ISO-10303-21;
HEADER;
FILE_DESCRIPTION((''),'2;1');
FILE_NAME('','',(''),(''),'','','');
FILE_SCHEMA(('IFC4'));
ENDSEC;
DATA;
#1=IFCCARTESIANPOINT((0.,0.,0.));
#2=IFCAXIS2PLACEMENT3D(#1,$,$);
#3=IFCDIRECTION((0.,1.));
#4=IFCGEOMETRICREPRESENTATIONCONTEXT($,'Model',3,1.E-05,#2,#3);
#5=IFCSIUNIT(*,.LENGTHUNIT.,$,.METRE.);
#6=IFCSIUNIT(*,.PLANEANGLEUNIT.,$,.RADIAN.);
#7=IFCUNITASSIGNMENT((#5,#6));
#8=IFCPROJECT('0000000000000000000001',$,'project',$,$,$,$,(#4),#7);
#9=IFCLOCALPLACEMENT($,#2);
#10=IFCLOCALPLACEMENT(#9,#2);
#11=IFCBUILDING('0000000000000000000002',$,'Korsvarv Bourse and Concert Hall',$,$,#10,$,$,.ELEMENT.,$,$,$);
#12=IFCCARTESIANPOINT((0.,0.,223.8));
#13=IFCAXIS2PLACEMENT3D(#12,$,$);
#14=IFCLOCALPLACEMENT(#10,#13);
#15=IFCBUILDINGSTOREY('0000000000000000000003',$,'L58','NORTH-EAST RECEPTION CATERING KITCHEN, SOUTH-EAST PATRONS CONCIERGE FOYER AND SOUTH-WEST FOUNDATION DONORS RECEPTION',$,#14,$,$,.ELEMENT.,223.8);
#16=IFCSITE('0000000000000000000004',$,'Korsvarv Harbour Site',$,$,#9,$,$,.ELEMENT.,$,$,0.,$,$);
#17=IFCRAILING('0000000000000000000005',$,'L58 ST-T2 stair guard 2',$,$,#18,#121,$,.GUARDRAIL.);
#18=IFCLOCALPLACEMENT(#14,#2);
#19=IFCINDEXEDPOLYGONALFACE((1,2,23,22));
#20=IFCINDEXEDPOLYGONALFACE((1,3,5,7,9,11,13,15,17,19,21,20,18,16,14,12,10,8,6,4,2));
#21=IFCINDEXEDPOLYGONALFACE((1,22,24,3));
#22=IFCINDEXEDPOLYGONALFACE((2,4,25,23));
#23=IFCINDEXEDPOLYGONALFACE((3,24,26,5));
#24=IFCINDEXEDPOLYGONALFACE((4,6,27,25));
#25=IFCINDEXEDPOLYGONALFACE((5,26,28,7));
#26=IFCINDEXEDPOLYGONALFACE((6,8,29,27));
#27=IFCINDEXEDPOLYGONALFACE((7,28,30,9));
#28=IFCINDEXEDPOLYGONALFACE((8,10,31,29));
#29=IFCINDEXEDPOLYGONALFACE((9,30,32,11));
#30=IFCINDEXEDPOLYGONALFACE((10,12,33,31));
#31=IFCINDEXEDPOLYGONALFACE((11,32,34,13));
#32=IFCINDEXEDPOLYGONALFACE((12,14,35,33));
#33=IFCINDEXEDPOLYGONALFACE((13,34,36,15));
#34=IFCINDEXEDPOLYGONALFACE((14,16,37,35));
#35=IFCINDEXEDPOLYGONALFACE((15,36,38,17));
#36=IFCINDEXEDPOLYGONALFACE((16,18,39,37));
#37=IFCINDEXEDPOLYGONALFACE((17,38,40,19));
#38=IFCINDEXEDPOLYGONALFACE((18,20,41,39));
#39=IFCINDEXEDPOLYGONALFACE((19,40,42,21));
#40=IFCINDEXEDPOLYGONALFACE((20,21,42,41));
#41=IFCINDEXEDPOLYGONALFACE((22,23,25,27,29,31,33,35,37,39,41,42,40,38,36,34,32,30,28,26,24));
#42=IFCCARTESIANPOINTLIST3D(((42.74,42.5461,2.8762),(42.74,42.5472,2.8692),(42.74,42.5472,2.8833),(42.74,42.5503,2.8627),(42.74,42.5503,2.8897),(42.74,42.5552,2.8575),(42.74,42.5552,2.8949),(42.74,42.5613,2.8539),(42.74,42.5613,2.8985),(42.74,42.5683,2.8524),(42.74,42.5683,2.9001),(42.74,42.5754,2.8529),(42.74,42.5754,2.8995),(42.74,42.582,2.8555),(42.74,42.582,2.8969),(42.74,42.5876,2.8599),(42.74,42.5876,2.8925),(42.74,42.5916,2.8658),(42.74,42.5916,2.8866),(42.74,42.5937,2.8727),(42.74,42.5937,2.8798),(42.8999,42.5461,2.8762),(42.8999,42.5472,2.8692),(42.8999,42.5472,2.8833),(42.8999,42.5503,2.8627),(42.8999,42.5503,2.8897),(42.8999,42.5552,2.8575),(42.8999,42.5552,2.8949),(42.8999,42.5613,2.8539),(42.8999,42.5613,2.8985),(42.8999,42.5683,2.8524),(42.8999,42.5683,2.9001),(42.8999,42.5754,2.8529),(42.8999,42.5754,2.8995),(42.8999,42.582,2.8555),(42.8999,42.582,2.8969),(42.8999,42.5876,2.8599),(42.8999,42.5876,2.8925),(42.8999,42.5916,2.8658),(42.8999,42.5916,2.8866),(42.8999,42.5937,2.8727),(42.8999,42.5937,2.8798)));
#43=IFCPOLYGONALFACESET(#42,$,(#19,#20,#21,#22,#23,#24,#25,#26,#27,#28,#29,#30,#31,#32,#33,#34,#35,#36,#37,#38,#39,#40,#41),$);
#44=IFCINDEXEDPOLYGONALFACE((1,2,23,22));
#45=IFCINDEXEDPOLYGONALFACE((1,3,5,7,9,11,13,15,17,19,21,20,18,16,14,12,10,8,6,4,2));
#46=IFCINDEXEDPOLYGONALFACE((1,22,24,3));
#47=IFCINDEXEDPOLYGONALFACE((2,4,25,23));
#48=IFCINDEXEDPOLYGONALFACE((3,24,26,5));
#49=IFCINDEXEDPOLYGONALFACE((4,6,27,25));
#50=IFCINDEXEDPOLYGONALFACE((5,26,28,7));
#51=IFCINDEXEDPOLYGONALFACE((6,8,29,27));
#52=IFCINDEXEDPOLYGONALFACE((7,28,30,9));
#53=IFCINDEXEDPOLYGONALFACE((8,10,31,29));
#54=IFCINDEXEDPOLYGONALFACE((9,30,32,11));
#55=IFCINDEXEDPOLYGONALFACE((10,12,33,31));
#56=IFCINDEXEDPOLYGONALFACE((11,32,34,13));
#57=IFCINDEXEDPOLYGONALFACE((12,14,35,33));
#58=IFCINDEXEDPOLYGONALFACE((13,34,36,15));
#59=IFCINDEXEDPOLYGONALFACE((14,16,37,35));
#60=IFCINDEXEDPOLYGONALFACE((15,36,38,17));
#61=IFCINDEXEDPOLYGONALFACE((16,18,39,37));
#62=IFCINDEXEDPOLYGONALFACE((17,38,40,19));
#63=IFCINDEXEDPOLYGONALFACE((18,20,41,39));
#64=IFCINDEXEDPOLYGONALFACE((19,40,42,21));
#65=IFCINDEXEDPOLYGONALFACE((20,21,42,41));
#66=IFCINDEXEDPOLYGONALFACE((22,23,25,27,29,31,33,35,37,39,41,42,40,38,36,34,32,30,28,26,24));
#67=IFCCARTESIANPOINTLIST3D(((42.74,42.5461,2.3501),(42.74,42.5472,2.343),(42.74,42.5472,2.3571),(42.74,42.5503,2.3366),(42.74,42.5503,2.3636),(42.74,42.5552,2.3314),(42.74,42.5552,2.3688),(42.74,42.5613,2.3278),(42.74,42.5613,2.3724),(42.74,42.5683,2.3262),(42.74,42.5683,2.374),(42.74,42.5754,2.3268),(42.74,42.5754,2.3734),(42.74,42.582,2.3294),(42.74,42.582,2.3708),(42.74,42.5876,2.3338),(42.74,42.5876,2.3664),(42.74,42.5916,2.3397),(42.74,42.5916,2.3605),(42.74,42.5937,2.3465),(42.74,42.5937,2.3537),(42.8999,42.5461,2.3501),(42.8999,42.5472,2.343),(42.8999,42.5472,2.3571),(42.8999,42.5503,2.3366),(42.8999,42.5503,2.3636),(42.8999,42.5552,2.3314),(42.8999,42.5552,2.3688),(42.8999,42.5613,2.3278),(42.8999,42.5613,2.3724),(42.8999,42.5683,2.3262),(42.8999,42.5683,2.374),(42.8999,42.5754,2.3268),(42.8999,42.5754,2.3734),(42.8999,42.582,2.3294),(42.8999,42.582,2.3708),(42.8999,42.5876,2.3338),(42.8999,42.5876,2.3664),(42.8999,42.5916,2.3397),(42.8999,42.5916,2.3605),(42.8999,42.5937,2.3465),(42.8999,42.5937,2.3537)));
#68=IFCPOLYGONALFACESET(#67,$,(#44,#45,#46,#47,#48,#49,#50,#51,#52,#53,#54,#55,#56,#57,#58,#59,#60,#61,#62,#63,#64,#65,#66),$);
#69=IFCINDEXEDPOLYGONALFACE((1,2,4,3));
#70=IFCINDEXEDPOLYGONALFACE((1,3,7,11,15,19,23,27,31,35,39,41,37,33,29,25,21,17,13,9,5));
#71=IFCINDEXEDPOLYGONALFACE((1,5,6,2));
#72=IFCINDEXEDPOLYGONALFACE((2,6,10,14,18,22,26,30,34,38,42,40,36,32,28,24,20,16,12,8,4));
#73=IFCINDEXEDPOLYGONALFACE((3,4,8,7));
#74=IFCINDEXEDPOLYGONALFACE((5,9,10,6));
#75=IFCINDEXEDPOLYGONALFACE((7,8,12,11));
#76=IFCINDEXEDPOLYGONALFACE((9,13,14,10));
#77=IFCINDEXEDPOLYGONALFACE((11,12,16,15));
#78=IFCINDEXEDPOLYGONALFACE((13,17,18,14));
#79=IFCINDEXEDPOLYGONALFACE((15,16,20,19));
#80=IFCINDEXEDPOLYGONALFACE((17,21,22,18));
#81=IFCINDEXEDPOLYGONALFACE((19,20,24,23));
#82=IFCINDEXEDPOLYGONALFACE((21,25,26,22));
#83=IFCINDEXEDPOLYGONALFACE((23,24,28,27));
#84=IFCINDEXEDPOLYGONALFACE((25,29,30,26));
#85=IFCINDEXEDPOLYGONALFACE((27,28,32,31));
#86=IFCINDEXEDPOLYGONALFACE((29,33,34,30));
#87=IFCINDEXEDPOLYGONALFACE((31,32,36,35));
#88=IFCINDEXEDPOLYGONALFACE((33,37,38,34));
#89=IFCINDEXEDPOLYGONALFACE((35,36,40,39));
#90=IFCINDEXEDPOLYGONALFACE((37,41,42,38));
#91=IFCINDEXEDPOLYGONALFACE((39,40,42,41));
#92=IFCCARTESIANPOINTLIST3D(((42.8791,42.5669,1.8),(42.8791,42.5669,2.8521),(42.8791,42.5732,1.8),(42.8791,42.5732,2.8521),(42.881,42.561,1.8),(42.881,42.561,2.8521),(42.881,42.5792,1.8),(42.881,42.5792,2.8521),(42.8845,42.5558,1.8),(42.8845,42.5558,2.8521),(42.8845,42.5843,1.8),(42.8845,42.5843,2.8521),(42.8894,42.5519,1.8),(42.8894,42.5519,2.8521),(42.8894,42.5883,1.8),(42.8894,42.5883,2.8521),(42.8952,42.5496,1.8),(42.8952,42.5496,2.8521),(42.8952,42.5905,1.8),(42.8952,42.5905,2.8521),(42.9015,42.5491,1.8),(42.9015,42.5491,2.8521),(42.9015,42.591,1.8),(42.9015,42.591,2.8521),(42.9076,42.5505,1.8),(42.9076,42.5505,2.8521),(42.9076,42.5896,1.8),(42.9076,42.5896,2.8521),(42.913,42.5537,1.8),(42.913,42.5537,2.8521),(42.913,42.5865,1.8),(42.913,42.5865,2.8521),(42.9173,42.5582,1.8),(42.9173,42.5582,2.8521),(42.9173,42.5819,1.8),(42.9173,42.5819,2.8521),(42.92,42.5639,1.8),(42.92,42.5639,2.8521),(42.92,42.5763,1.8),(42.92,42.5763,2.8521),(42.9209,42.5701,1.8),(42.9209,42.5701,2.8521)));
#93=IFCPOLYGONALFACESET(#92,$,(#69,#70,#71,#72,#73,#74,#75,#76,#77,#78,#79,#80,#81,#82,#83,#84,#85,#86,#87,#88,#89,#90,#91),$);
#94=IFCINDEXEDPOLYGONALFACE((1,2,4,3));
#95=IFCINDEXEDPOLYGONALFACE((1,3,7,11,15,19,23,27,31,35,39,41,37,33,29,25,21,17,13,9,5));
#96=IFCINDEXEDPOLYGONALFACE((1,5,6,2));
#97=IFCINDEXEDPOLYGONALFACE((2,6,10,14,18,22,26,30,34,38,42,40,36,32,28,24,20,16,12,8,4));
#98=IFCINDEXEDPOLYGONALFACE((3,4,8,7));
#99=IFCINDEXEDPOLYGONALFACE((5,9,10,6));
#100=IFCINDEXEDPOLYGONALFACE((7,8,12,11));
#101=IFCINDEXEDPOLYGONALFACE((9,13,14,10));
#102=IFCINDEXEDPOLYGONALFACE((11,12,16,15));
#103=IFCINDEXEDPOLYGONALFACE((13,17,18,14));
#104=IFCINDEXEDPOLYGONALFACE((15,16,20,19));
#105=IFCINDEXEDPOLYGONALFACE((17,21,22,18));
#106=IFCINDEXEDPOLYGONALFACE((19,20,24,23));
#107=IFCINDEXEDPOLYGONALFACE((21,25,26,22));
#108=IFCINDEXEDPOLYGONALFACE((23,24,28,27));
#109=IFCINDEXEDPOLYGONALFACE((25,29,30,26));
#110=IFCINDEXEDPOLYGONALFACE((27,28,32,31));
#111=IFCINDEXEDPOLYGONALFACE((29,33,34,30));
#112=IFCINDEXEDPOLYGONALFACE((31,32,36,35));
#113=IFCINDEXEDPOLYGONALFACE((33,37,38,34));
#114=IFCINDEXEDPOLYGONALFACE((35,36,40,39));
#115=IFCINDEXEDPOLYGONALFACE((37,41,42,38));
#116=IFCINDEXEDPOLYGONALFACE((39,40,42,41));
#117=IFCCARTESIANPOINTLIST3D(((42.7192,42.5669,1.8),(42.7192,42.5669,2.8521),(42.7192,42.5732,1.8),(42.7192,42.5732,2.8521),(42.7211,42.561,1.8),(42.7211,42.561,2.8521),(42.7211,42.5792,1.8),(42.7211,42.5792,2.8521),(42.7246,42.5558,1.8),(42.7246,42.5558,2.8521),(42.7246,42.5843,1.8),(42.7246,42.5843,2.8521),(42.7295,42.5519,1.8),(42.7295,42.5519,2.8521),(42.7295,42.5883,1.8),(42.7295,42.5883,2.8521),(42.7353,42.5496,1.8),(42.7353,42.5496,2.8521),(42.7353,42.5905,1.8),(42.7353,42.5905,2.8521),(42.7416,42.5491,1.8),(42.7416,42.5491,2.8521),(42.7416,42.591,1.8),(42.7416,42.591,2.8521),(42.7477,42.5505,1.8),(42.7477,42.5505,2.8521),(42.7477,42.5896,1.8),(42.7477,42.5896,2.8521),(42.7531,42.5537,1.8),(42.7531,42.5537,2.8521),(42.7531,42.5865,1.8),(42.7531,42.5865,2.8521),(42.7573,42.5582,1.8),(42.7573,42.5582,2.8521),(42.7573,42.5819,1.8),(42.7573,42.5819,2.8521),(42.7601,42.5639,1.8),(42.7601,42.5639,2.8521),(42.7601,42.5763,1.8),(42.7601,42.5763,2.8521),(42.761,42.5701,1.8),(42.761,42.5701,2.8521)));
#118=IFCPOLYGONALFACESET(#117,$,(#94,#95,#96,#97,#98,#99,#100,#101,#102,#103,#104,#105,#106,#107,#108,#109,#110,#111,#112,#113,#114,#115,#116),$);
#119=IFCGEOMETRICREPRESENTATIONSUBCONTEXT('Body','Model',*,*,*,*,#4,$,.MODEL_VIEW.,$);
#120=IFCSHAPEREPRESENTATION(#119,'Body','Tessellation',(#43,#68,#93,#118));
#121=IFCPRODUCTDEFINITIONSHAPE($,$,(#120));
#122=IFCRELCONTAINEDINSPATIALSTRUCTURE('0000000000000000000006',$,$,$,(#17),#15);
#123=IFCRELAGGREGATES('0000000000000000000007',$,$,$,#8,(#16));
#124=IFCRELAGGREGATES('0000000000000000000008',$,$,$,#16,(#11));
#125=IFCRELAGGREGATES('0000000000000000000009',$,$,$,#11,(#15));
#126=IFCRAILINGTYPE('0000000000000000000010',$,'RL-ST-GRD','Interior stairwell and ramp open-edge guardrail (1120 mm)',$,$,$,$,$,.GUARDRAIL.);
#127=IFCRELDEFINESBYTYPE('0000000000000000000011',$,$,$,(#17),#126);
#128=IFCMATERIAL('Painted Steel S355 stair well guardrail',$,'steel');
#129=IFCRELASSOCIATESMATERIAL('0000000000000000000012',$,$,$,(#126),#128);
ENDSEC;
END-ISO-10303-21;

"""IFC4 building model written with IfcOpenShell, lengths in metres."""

from ifc_helpers import new_model, si_unit, direction, frame, origin, origin_2d, place, context, subcontext, project, spatial, circle, extrude, material, type_object, element, save


model = new_model("IFC4")

# Units and contexts
model_context = context("Model", 3, precision=1e-05, world=origin(), true_north=direction((0.0, 1.0)))
body_context = subcontext(model_context, "Body", "Model", "MODEL_VIEW")
ifc_project = project(units=[si_unit("LENGTHUNIT", "METRE"), si_unit("PLANEANGLEUNIT", "RADIAN")], contexts=[model_context])

# Site, building, storey
site_placement = place(None, origin())
site = spatial("IfcSite", under=ifc_project, at=site_placement, Name="Korsvarv Harbour Site", CompositionType="ELEMENT", RefElevation=0.0)
building_placement = place(site_placement, origin())
building = spatial("IfcBuilding", under=site, at=building_placement, Name="Korsvarv Bourse and Concert Hall", CompositionType="ELEMENT")
storey_placement = place(building_placement, frame((0.0, 0.0, 223.8)))
storey = spatial("IfcBuildingStorey", under=building, at=storey_placement, Name="L58", Description="NORTH-EAST RECEPTION CATERING KITCHEN, SOUTH-EAST PATRONS CONCIERGE FOYER AND SOUTH-WEST FOUNDATION DONORS RECEPTION", CompositionType="ELEMENT", Elevation=223.8)

# Railing
ifc_material_1 = material(Name="Painted Steel S355 stair well guardrail", Category="steel")
railing_type_1 = type_object("IfcRailingType", Name="RL-ST-GRD", Description="Interior stairwell and ramp open-edge guardrail (1120 mm)", PredefinedType="GUARDRAIL", material=ifc_material_1)
railing_1_placement = place(storey_placement, frame((42.8999, 42.5701, 1.8)))
element("IfcRailing", 1, at=railing_1_placement, inside=storey, type_object=railing_type_1, Name="L58 ST-T2 stair guard 2", PredefinedType="GUARDRAIL", context=body_context, shape_type="SweptSolid", body=[
    extrude(circle(Radius=0.0239, at=origin_2d()), frame((0.0, 0.0, 1.0762), z_axis=(-1.0, 0.0, 0.0), x_axis=(0.0, -1.0, 0.0)), (0.0, 0.0, 1.0), 0.1599),
    extrude(circle(Radius=0.0239, at=origin_2d()), frame((0.0, 0.0, 0.55), z_axis=(-1.0, 0.0, 0.0), x_axis=(0.0, -1.0, 0.0)), (0.0, 0.0, 1.0), 0.1599),
    extrude(circle(Radius=0.021, at=origin_2d()), origin(), (0.0, 0.0, 1.0), 1.052),
    extrude(circle(Radius=0.021, at=origin_2d()), frame((-0.1599, 0.0, 0.0)), (0.0, 0.0, 1.0), 1.052),
])

save(model, "model.ifc")
